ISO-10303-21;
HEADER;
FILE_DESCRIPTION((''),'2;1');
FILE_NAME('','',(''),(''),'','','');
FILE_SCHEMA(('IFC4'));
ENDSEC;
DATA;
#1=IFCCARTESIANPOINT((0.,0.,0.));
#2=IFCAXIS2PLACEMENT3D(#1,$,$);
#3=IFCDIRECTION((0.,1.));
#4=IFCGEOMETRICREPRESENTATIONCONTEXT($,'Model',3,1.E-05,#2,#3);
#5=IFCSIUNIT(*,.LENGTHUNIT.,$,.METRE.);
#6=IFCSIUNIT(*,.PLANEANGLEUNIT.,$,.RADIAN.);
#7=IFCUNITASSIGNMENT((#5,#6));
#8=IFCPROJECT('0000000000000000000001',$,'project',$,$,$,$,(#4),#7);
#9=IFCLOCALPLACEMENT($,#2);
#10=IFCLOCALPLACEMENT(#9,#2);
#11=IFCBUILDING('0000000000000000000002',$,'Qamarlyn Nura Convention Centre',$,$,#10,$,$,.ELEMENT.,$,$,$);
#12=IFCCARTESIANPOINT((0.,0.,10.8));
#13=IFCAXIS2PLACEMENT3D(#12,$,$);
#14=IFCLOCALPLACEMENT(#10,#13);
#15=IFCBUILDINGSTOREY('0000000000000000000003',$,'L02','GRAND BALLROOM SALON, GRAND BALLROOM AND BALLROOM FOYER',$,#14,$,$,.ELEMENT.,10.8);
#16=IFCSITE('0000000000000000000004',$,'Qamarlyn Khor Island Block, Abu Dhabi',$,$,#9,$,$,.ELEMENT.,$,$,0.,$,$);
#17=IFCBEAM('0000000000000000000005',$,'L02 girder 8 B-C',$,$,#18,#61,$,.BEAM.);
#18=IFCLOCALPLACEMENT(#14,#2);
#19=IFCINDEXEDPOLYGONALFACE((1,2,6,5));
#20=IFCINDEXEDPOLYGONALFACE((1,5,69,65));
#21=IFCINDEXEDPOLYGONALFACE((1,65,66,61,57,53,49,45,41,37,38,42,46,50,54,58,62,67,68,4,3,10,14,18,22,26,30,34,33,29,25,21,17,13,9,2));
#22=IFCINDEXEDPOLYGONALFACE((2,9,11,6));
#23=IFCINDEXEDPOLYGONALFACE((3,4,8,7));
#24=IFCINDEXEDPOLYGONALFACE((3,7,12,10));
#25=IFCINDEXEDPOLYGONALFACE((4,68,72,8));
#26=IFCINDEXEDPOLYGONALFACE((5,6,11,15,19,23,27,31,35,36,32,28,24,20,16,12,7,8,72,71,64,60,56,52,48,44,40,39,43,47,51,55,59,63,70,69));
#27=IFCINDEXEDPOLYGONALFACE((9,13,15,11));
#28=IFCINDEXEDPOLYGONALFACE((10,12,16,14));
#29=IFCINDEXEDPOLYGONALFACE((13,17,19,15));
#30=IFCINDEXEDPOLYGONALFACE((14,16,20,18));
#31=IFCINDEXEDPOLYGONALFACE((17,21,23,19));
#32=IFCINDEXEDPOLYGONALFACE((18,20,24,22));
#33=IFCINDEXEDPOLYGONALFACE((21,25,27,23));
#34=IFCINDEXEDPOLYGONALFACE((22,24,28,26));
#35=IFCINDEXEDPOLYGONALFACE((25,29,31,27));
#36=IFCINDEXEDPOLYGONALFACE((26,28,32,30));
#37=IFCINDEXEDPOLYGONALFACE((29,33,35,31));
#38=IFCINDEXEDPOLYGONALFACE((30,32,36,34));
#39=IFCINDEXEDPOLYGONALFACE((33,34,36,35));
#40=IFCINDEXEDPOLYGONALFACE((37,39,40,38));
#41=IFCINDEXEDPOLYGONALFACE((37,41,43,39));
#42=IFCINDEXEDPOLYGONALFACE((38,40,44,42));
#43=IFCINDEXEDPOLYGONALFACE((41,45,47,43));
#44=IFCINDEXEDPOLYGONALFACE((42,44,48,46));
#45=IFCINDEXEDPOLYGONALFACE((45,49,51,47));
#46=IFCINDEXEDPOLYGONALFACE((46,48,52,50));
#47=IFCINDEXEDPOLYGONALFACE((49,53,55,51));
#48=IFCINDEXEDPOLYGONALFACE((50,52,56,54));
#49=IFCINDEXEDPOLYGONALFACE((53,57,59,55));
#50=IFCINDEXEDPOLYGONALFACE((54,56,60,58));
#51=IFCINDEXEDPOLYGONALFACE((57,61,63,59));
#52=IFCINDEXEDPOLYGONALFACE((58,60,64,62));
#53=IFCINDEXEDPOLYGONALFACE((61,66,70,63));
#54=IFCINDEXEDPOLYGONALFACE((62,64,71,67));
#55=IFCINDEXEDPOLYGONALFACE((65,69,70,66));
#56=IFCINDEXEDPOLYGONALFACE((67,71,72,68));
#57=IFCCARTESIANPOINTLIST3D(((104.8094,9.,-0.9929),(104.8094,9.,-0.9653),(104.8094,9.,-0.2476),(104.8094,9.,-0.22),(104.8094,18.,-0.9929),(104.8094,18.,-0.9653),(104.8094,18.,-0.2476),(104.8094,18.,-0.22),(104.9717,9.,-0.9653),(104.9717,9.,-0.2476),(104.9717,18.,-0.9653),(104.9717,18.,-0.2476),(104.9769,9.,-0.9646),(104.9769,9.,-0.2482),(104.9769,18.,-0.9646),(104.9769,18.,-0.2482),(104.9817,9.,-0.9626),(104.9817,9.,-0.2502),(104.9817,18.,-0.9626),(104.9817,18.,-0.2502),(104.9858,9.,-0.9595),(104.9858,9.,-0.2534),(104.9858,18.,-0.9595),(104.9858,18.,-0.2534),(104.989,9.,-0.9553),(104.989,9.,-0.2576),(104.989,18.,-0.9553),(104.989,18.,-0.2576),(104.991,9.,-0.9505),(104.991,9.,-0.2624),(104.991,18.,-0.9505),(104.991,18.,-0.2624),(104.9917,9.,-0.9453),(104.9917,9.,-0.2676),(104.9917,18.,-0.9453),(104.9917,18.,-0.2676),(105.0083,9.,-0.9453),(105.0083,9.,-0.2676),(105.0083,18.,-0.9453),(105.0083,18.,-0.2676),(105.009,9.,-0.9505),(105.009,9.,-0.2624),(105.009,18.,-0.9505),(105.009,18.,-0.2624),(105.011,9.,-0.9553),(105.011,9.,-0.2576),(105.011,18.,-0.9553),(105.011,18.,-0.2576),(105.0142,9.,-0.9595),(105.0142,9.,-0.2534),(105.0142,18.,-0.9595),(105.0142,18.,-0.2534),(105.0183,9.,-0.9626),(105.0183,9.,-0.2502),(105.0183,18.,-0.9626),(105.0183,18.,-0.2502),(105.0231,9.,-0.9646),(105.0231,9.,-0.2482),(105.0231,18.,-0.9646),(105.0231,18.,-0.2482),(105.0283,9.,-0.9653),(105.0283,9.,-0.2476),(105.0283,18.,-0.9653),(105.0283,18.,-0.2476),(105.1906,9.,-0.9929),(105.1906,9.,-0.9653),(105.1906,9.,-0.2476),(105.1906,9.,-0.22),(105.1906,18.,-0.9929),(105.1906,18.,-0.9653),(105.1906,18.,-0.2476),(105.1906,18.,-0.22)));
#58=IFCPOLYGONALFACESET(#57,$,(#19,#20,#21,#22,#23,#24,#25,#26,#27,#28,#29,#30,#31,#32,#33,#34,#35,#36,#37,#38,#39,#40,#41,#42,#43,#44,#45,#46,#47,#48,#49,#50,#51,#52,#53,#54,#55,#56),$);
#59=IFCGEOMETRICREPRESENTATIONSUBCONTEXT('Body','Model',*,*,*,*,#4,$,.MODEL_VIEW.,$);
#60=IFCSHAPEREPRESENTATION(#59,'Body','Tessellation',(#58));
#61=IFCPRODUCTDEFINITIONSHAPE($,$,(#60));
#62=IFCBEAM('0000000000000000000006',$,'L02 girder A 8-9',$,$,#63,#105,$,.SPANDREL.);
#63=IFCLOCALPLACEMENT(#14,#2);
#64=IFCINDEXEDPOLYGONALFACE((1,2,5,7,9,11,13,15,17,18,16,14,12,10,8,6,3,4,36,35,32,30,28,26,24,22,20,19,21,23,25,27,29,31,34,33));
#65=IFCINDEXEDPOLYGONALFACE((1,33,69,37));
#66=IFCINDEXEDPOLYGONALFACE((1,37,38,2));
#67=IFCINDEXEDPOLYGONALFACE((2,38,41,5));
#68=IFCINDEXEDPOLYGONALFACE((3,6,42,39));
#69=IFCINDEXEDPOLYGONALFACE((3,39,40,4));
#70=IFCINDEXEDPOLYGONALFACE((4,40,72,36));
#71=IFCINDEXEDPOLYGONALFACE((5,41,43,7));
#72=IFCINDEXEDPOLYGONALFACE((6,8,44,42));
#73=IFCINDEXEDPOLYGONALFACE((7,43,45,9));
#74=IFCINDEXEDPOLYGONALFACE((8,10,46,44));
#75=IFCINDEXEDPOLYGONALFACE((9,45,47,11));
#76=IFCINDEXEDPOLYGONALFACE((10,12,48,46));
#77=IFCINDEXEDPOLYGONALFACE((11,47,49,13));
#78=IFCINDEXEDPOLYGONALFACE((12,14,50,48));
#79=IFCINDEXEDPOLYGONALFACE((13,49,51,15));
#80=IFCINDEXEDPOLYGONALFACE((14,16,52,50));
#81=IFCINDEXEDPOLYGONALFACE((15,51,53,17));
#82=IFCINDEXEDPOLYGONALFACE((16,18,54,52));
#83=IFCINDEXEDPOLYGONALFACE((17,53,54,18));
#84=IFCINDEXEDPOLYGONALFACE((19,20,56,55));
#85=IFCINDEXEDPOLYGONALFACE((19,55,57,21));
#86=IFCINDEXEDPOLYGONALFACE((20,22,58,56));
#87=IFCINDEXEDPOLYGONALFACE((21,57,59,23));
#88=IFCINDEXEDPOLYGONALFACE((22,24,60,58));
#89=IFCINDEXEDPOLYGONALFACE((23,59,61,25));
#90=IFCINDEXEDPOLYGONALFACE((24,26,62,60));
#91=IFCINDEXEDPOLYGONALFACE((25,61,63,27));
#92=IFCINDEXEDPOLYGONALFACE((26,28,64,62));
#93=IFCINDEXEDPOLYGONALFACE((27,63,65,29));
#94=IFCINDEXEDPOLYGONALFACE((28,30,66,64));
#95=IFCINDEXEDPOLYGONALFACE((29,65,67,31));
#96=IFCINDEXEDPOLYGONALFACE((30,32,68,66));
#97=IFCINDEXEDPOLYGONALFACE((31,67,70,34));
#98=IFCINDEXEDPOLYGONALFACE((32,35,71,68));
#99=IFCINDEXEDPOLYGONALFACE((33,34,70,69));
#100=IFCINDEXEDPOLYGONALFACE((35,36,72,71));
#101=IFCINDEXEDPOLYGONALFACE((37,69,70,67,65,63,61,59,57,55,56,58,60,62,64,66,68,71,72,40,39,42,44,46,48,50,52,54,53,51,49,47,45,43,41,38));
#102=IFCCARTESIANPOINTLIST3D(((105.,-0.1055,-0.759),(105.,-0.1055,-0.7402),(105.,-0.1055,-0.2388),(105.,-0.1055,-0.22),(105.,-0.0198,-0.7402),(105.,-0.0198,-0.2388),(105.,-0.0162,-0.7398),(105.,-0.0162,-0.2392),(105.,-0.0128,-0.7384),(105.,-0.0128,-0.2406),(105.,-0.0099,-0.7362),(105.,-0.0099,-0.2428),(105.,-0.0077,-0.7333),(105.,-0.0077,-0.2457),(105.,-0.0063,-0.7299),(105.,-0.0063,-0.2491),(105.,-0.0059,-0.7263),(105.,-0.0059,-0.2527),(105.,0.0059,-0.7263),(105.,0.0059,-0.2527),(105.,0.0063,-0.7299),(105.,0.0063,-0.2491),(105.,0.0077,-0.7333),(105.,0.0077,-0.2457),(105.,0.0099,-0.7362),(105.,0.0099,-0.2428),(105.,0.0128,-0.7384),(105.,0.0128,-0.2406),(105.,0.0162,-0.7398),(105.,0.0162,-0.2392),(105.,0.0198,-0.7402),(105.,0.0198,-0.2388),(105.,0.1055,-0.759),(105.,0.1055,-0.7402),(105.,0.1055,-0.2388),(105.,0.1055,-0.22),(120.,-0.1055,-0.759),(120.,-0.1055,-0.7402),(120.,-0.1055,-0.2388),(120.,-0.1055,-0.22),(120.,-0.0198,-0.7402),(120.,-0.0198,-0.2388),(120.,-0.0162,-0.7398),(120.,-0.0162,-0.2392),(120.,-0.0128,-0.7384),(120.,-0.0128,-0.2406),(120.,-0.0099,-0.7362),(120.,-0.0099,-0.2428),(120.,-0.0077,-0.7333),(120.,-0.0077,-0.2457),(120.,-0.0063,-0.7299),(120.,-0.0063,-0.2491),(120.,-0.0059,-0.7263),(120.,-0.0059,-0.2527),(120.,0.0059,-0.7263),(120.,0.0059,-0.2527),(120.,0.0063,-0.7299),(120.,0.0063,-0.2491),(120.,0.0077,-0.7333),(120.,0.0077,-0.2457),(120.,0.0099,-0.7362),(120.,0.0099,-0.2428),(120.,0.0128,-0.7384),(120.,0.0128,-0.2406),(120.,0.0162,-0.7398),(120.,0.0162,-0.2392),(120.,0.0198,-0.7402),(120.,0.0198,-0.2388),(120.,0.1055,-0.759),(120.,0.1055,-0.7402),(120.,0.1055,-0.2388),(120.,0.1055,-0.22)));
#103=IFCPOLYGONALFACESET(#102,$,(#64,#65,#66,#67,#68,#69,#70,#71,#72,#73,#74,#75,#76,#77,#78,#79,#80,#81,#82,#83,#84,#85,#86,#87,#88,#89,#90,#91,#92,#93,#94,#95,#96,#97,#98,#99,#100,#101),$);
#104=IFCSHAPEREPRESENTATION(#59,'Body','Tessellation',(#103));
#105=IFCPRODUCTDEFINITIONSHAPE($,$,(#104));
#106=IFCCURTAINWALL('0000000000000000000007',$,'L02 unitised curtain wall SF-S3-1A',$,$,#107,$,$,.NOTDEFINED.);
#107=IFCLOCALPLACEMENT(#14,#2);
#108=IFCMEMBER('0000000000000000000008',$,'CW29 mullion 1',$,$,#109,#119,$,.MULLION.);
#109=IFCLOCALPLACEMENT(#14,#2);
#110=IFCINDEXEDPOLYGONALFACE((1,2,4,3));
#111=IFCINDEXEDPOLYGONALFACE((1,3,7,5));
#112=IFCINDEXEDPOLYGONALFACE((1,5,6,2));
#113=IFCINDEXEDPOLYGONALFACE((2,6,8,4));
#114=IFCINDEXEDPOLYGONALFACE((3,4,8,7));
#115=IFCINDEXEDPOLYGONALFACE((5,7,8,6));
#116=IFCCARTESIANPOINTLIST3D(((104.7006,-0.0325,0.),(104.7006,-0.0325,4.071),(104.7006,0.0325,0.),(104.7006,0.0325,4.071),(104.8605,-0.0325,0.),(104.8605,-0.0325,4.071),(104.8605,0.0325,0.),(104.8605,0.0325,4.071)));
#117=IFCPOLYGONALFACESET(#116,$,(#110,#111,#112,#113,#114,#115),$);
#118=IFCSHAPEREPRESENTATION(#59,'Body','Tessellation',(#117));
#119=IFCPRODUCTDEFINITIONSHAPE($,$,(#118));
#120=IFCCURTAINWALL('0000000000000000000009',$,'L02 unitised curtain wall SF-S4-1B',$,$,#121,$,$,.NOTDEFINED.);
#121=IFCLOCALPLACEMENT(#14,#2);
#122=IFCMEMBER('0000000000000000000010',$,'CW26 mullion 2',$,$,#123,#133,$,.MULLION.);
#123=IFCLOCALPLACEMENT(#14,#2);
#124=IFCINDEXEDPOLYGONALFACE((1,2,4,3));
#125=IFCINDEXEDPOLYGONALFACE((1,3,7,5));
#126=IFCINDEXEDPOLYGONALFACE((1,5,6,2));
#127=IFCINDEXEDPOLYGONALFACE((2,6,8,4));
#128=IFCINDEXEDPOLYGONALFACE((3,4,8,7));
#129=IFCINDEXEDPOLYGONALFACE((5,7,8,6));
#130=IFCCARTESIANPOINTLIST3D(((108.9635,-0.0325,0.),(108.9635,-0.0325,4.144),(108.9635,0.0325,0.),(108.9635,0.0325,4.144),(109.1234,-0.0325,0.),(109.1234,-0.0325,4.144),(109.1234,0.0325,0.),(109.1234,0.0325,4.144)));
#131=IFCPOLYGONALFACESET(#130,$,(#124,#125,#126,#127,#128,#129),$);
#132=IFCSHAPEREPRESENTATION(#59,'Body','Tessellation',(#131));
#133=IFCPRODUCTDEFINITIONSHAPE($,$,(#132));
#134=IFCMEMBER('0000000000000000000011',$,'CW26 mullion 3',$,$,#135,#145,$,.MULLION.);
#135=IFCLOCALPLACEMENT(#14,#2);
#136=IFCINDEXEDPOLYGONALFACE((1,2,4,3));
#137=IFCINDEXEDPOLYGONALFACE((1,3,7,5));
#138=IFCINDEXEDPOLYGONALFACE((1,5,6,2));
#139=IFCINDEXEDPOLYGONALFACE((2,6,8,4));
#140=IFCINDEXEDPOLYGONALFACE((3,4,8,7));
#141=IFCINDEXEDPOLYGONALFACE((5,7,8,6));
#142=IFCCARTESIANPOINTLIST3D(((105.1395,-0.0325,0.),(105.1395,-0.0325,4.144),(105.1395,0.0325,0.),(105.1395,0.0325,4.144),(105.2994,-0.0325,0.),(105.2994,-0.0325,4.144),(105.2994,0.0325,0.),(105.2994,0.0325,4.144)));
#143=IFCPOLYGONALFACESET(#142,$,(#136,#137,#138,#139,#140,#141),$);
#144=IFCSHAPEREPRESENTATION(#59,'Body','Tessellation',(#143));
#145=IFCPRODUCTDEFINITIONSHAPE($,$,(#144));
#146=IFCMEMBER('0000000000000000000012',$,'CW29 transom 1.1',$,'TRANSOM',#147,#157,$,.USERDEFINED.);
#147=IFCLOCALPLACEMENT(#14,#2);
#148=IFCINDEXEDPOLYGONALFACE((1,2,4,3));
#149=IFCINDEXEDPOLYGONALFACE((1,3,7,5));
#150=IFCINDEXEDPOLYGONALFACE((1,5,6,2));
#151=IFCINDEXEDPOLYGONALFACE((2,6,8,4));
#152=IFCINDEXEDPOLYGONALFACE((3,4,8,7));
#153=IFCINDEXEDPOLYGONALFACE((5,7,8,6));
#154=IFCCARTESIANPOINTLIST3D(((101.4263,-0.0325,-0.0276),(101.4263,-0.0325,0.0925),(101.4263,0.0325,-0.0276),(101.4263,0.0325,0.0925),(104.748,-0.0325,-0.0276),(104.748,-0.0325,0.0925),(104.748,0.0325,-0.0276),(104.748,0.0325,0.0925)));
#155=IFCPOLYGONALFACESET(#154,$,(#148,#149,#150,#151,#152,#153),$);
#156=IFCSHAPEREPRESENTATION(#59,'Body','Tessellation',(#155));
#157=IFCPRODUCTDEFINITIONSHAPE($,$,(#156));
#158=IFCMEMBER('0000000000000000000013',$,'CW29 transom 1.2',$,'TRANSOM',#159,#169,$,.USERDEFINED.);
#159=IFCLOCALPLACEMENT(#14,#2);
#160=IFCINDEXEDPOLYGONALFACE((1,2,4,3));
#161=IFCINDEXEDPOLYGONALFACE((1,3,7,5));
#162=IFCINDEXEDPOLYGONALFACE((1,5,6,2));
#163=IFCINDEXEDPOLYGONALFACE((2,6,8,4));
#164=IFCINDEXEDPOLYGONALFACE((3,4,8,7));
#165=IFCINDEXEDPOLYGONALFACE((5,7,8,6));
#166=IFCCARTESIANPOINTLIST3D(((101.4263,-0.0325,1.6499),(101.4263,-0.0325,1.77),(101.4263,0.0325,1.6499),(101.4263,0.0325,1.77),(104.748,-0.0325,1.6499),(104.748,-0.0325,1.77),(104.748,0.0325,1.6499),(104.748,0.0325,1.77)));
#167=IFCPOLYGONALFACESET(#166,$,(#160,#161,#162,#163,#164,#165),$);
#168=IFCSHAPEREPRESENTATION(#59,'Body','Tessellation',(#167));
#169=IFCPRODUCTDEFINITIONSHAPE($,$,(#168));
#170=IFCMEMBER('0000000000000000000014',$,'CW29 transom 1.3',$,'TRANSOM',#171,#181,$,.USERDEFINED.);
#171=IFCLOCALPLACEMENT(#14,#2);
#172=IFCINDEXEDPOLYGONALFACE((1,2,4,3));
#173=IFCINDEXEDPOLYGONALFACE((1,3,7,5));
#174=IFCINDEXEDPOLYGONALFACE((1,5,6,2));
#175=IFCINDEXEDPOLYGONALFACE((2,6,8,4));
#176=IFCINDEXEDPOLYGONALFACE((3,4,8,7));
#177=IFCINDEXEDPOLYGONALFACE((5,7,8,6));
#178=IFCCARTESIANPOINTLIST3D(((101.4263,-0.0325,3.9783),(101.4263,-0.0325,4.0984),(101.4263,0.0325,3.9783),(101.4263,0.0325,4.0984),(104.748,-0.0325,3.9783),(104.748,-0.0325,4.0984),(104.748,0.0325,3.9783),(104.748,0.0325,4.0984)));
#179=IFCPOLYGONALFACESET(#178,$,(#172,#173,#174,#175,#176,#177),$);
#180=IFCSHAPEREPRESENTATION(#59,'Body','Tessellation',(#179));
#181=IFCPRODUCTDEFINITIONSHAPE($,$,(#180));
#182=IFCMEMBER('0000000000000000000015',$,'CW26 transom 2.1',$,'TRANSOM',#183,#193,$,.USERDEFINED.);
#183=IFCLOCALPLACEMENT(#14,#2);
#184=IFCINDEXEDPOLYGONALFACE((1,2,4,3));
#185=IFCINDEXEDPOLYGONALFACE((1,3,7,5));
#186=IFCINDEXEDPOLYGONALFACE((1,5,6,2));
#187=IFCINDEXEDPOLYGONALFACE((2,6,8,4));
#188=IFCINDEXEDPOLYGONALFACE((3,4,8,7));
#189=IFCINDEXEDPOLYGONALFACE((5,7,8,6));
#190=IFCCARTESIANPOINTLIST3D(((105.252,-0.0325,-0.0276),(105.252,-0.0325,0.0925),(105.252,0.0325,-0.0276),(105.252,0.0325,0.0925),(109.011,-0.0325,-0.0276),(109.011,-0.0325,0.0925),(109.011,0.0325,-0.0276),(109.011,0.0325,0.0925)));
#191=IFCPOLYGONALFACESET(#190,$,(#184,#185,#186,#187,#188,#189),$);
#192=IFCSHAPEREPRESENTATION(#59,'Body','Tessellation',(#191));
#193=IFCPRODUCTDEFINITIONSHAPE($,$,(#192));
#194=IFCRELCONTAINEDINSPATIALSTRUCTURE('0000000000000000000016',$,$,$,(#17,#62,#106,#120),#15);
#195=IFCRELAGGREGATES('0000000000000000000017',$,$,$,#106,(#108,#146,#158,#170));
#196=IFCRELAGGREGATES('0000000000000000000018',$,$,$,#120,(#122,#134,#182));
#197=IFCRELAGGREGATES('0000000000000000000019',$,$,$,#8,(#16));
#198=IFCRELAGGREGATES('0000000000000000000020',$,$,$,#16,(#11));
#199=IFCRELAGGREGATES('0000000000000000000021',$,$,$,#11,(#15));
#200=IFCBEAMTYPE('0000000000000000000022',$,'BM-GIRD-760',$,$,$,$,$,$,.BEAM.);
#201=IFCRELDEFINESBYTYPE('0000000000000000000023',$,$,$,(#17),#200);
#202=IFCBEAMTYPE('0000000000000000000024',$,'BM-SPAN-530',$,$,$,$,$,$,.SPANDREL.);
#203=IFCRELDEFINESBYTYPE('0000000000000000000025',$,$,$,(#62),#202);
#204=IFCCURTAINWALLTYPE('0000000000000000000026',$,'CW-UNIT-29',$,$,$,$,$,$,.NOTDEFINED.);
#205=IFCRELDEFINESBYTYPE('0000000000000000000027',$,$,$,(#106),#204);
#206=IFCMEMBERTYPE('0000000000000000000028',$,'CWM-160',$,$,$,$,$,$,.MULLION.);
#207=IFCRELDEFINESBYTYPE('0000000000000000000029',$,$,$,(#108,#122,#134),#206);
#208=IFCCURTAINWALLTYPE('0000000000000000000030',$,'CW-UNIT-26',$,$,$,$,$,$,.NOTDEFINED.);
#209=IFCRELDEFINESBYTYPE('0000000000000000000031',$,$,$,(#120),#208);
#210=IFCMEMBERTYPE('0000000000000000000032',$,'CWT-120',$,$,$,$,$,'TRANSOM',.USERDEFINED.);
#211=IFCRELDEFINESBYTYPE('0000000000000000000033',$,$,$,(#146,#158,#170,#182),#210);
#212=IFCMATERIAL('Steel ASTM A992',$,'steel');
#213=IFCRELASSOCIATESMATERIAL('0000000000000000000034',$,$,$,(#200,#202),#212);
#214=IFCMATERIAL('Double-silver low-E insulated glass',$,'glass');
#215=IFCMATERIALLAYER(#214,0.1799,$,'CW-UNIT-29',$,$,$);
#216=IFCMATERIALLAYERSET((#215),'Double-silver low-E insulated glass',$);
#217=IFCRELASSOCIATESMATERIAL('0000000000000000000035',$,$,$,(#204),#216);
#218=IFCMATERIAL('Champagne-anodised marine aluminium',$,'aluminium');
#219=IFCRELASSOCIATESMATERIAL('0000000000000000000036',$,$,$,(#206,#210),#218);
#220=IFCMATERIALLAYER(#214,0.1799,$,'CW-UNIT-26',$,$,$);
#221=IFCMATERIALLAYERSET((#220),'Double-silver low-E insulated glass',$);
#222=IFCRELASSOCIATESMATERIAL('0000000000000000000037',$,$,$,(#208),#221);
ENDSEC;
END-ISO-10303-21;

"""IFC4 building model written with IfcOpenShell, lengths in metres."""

from ifc_helpers import new_model, si_unit, direction, frame, origin, origin_2d, place, context, subcontext, project, spatial, rectangle, i_section, extrude, material, layer, layer_set, material_profile, profile_set, type_object, element, aggregate, save


model = new_model("IFC4")

# Units and contexts
model_context = context("Model", 3, precision=1e-05, world=origin(), true_north=direction((0.0, 1.0)))
body_context = subcontext(model_context, "Body", "Model", "MODEL_VIEW")
ifc_project = project(units=[si_unit("LENGTHUNIT", "METRE"), si_unit("PLANEANGLEUNIT", "RADIAN")], contexts=[model_context])

# Site, building, storey
site_placement = place(None, origin())
site = spatial("IfcSite", under=ifc_project, at=site_placement, Name="Qamarlyn Khor Island Block, Abu Dhabi", CompositionType="ELEMENT", RefElevation=0.0)
building_placement = place(site_placement, origin())
building = spatial("IfcBuilding", under=site, at=building_placement, Name="Qamarlyn Nura Convention Centre", CompositionType="ELEMENT")
storey_placement = place(building_placement, frame((0.0, 0.0, 10.8)))
storey = spatial("IfcBuildingStorey", under=building, at=storey_placement, Name="L02", Description="GRAND BALLROOM SALON, GRAND BALLROOM AND BALLROOM FOYER", CompositionType="ELEMENT", Elevation=10.8)

# Shared definitions
ifc_material_1 = material(Name="Steel ASTM A992", Category="steel")

# Beams
ifc_material_profile_1 = material_profile(ifc_material_1, i_section(OverallWidth=0.3811, OverallDepth=0.7729, WebThickness=0.0166, FlangeThickness=0.0276, FilletRadius=0.02, at=origin_2d()), Name="W760X257")
ifc_profile_set_1 = profile_set([ifc_material_profile_1], Name="Steel ASTM A992")
beam_type_1 = type_object("IfcBeamType", Name="BM-GIRD-760", PredefinedType="BEAM", material=ifc_profile_set_1)
beam_1_placement = place(storey_placement, frame((105.0, 9.0, -0.6064), z_axis=(0.0, 1.0, 0.0), x_axis=(-1.0, 0.0, 0.0)))
element("IfcBeam", 1, at=beam_1_placement, inside=storey, type_object=beam_type_1, Name="L02 girder 8 B-C", PredefinedType="BEAM", context=body_context, shape_type="SweptSolid", body=[
    extrude(i_section(OverallWidth=0.3811, OverallDepth=0.7729, WebThickness=0.0166, FlangeThickness=0.0276, FilletRadius=0.02, at=origin_2d()), origin(), (0.0, 0.0, 1.0), 9.0),
])
ifc_material_profile_2 = material_profile(ifc_material_1, i_section(OverallWidth=0.2109, OverallDepth=0.5391, WebThickness=0.0117, FlangeThickness=0.0188, FilletRadius=0.0139, at=origin_2d()), Name="W530X109")
ifc_profile_set_2 = profile_set([ifc_material_profile_2], Name="Steel ASTM A992")
beam_type_2 = type_object("IfcBeamType", Name="BM-SPAN-530", PredefinedType="SPANDREL", material=ifc_profile_set_2)
beam_2_placement = place(storey_placement, frame((105.0, 0.0, -0.4895), z_axis=(1.0, 0.0, 0.0), x_axis=(0.0, 1.0, 0.0)))
element("IfcBeam", 2, at=beam_2_placement, inside=storey, type_object=beam_type_2, Name="L02 girder A 8-9", PredefinedType="SPANDREL", context=body_context, shape_type="SweptSolid", body=[
    extrude(i_section(OverallWidth=0.2109, OverallDepth=0.5391, WebThickness=0.0117, FlangeThickness=0.0188, FilletRadius=0.0139, at=origin_2d()), origin(), (0.0, 0.0, 1.0), 15.0),
])

# Curtain wall, member
ifc_material_2 = material(Name="Double-silver low-E insulated glass", Category="glass")
ifc_layer_1 = layer(ifc_material_2, 0.1799, Name="CW-UNIT-29")
ifc_layer_set_1 = layer_set([ifc_layer_1], Name="Double-silver low-E insulated glass")
curtain_wall_type_1 = type_object("IfcCurtainWallType", Name="CW-UNIT-29", PredefinedType="NOTDEFINED", material=ifc_layer_set_1)
curtain_wall_1_placement = place(storey_placement, origin())
curtain_wall_1 = element("IfcCurtainWall", 3, at=curtain_wall_1_placement, inside=storey, type_object=curtain_wall_type_1, Name="L02 unitised curtain wall SF-S3-1A", PredefinedType="NOTDEFINED")
ifc_material_3 = material(Name="Champagne-anodised marine aluminium", Category="aluminium")
ifc_material_profile_3 = material_profile(ifc_material_3, rectangle(XDim=0.0649, YDim=0.1599, at=origin_2d()), Name="ALU MULLION 65x160")
ifc_profile_set_3 = profile_set([ifc_material_profile_3], Name="Champagne-anodised marine aluminium")
member_type_1 = type_object("IfcMemberType", Name="CWM-160", PredefinedType="MULLION", material=ifc_profile_set_3)
member_1_placement = place(storey_placement, frame((104.7805, 0.0, 0.0), z_axis=(0.0, 0.0, 1.0), x_axis=(0.0, -1.0, 0.0)))
member_1 = element("IfcMember", 4, at=member_1_placement, type_object=member_type_1, Name="CW29 mullion 1", PredefinedType="MULLION", context=body_context, shape_type="SweptSolid", body=[
    extrude(rectangle(XDim=0.0649, YDim=0.1599, at=origin_2d()), origin(), (0.0, 0.0, 1.0), 4.071),
])

# Curtain wall, members
ifc_layer_2 = layer(ifc_material_2, 0.1799, Name="CW-UNIT-26")
ifc_layer_set_2 = layer_set([ifc_layer_2], Name="Double-silver low-E insulated glass")
curtain_wall_type_2 = type_object("IfcCurtainWallType", Name="CW-UNIT-26", PredefinedType="NOTDEFINED", material=ifc_layer_set_2)
curtain_wall_2_placement = place(storey_placement, origin())
curtain_wall_2 = element("IfcCurtainWall", 5, at=curtain_wall_2_placement, inside=storey, type_object=curtain_wall_type_2, Name="L02 unitised curtain wall SF-S4-1B", PredefinedType="NOTDEFINED")
member_2_placement = place(storey_placement, frame((109.0435, 0.0, 0.0), z_axis=(0.0, 0.0, 1.0), x_axis=(0.0, -1.0, 0.0)))
member_2 = element("IfcMember", 6, at=member_2_placement, type_object=member_type_1, Name="CW26 mullion 2", PredefinedType="MULLION", context=body_context, shape_type="SweptSolid", body=[
    extrude(rectangle(XDim=0.0649, YDim=0.1599, at=origin_2d()), origin(), (0.0, 0.0, 1.0), 4.144),
])
member_3_placement = place(storey_placement, frame((105.2195, 0.0, 0.0), z_axis=(0.0, 0.0, 1.0), x_axis=(0.0, -1.0, 0.0)))
member_3 = element("IfcMember", 7, at=member_3_placement, type_object=member_type_1, Name="CW26 mullion 3", PredefinedType="MULLION", context=body_context, shape_type="SweptSolid", body=[
    extrude(rectangle(XDim=0.0649, YDim=0.1599, at=origin_2d()), origin(), (0.0, 0.0, 1.0), 4.144),
])

# Members
ifc_material_profile_4 = material_profile(ifc_material_3, rectangle(XDim=0.0649, YDim=0.1201, at=origin_2d()), Name="ALU TRANSOM 65x120")
ifc_profile_set_4 = profile_set([ifc_material_profile_4], Name="Champagne-anodised marine aluminium")
member_type_2 = type_object("IfcMemberType", Name="CWT-120", ElementType="TRANSOM", PredefinedType="USERDEFINED", material=ifc_profile_set_4)
member_4_placement = place(storey_placement, frame((104.748, 0.0, 0.0325), z_axis=(-1.0, 0.0, 0.0), x_axis=(0.0, -1.0, 0.0)))
member_4 = element("IfcMember", 8, at=member_4_placement, type_object=member_type_2, Name="CW29 transom 1.1", ObjectType="TRANSOM", PredefinedType="USERDEFINED", context=body_context, shape_type="SweptSolid", body=[
    extrude(rectangle(XDim=0.0649, YDim=0.1201, at=origin_2d()), origin(), (0.0, 0.0, 1.0), 3.3218),
])
member_5_placement = place(storey_placement, frame((104.748, 0.0, 1.71), z_axis=(-1.0, 0.0, 0.0), x_axis=(0.0, -1.0, 0.0)))
member_5 = element("IfcMember", 9, at=member_5_placement, type_object=member_type_2, Name="CW29 transom 1.2", ObjectType="TRANSOM", PredefinedType="USERDEFINED", context=body_context, shape_type="SweptSolid", body=[
    extrude(rectangle(XDim=0.0649, YDim=0.1201, at=origin_2d()), origin(), (0.0, 0.0, 1.0), 3.3218),
])
member_6_placement = place(storey_placement, frame((104.748, 0.0, 4.0383), z_axis=(-1.0, 0.0, 0.0), x_axis=(0.0, -1.0, 0.0)))
member_6 = element("IfcMember", 10, at=member_6_placement, type_object=member_type_2, Name="CW29 transom 1.3", ObjectType="TRANSOM", PredefinedType="USERDEFINED", context=body_context, shape_type="SweptSolid", body=[
    extrude(rectangle(XDim=0.0649, YDim=0.1201, at=origin_2d()), origin(), (0.0, 0.0, 1.0), 3.3218),
])
aggregate(curtain_wall_1, [member_1, member_4, member_5, member_6])
member_7_placement = place(storey_placement, frame((109.011, 0.0, 0.0325), z_axis=(-1.0, 0.0, 0.0), x_axis=(0.0, -1.0, 0.0)))
member_7 = element("IfcMember", 11, at=member_7_placement, type_object=member_type_2, Name="CW26 transom 2.1", ObjectType="TRANSOM", PredefinedType="USERDEFINED", context=body_context, shape_type="SweptSolid", body=[
    extrude(rectangle(XDim=0.0649, YDim=0.1201, at=origin_2d()), origin(), (0.0, 0.0, 1.0), 3.759),
])

aggregate(curtain_wall_2, [member_2, member_3, member_7])

save(model, "model.ifc")
